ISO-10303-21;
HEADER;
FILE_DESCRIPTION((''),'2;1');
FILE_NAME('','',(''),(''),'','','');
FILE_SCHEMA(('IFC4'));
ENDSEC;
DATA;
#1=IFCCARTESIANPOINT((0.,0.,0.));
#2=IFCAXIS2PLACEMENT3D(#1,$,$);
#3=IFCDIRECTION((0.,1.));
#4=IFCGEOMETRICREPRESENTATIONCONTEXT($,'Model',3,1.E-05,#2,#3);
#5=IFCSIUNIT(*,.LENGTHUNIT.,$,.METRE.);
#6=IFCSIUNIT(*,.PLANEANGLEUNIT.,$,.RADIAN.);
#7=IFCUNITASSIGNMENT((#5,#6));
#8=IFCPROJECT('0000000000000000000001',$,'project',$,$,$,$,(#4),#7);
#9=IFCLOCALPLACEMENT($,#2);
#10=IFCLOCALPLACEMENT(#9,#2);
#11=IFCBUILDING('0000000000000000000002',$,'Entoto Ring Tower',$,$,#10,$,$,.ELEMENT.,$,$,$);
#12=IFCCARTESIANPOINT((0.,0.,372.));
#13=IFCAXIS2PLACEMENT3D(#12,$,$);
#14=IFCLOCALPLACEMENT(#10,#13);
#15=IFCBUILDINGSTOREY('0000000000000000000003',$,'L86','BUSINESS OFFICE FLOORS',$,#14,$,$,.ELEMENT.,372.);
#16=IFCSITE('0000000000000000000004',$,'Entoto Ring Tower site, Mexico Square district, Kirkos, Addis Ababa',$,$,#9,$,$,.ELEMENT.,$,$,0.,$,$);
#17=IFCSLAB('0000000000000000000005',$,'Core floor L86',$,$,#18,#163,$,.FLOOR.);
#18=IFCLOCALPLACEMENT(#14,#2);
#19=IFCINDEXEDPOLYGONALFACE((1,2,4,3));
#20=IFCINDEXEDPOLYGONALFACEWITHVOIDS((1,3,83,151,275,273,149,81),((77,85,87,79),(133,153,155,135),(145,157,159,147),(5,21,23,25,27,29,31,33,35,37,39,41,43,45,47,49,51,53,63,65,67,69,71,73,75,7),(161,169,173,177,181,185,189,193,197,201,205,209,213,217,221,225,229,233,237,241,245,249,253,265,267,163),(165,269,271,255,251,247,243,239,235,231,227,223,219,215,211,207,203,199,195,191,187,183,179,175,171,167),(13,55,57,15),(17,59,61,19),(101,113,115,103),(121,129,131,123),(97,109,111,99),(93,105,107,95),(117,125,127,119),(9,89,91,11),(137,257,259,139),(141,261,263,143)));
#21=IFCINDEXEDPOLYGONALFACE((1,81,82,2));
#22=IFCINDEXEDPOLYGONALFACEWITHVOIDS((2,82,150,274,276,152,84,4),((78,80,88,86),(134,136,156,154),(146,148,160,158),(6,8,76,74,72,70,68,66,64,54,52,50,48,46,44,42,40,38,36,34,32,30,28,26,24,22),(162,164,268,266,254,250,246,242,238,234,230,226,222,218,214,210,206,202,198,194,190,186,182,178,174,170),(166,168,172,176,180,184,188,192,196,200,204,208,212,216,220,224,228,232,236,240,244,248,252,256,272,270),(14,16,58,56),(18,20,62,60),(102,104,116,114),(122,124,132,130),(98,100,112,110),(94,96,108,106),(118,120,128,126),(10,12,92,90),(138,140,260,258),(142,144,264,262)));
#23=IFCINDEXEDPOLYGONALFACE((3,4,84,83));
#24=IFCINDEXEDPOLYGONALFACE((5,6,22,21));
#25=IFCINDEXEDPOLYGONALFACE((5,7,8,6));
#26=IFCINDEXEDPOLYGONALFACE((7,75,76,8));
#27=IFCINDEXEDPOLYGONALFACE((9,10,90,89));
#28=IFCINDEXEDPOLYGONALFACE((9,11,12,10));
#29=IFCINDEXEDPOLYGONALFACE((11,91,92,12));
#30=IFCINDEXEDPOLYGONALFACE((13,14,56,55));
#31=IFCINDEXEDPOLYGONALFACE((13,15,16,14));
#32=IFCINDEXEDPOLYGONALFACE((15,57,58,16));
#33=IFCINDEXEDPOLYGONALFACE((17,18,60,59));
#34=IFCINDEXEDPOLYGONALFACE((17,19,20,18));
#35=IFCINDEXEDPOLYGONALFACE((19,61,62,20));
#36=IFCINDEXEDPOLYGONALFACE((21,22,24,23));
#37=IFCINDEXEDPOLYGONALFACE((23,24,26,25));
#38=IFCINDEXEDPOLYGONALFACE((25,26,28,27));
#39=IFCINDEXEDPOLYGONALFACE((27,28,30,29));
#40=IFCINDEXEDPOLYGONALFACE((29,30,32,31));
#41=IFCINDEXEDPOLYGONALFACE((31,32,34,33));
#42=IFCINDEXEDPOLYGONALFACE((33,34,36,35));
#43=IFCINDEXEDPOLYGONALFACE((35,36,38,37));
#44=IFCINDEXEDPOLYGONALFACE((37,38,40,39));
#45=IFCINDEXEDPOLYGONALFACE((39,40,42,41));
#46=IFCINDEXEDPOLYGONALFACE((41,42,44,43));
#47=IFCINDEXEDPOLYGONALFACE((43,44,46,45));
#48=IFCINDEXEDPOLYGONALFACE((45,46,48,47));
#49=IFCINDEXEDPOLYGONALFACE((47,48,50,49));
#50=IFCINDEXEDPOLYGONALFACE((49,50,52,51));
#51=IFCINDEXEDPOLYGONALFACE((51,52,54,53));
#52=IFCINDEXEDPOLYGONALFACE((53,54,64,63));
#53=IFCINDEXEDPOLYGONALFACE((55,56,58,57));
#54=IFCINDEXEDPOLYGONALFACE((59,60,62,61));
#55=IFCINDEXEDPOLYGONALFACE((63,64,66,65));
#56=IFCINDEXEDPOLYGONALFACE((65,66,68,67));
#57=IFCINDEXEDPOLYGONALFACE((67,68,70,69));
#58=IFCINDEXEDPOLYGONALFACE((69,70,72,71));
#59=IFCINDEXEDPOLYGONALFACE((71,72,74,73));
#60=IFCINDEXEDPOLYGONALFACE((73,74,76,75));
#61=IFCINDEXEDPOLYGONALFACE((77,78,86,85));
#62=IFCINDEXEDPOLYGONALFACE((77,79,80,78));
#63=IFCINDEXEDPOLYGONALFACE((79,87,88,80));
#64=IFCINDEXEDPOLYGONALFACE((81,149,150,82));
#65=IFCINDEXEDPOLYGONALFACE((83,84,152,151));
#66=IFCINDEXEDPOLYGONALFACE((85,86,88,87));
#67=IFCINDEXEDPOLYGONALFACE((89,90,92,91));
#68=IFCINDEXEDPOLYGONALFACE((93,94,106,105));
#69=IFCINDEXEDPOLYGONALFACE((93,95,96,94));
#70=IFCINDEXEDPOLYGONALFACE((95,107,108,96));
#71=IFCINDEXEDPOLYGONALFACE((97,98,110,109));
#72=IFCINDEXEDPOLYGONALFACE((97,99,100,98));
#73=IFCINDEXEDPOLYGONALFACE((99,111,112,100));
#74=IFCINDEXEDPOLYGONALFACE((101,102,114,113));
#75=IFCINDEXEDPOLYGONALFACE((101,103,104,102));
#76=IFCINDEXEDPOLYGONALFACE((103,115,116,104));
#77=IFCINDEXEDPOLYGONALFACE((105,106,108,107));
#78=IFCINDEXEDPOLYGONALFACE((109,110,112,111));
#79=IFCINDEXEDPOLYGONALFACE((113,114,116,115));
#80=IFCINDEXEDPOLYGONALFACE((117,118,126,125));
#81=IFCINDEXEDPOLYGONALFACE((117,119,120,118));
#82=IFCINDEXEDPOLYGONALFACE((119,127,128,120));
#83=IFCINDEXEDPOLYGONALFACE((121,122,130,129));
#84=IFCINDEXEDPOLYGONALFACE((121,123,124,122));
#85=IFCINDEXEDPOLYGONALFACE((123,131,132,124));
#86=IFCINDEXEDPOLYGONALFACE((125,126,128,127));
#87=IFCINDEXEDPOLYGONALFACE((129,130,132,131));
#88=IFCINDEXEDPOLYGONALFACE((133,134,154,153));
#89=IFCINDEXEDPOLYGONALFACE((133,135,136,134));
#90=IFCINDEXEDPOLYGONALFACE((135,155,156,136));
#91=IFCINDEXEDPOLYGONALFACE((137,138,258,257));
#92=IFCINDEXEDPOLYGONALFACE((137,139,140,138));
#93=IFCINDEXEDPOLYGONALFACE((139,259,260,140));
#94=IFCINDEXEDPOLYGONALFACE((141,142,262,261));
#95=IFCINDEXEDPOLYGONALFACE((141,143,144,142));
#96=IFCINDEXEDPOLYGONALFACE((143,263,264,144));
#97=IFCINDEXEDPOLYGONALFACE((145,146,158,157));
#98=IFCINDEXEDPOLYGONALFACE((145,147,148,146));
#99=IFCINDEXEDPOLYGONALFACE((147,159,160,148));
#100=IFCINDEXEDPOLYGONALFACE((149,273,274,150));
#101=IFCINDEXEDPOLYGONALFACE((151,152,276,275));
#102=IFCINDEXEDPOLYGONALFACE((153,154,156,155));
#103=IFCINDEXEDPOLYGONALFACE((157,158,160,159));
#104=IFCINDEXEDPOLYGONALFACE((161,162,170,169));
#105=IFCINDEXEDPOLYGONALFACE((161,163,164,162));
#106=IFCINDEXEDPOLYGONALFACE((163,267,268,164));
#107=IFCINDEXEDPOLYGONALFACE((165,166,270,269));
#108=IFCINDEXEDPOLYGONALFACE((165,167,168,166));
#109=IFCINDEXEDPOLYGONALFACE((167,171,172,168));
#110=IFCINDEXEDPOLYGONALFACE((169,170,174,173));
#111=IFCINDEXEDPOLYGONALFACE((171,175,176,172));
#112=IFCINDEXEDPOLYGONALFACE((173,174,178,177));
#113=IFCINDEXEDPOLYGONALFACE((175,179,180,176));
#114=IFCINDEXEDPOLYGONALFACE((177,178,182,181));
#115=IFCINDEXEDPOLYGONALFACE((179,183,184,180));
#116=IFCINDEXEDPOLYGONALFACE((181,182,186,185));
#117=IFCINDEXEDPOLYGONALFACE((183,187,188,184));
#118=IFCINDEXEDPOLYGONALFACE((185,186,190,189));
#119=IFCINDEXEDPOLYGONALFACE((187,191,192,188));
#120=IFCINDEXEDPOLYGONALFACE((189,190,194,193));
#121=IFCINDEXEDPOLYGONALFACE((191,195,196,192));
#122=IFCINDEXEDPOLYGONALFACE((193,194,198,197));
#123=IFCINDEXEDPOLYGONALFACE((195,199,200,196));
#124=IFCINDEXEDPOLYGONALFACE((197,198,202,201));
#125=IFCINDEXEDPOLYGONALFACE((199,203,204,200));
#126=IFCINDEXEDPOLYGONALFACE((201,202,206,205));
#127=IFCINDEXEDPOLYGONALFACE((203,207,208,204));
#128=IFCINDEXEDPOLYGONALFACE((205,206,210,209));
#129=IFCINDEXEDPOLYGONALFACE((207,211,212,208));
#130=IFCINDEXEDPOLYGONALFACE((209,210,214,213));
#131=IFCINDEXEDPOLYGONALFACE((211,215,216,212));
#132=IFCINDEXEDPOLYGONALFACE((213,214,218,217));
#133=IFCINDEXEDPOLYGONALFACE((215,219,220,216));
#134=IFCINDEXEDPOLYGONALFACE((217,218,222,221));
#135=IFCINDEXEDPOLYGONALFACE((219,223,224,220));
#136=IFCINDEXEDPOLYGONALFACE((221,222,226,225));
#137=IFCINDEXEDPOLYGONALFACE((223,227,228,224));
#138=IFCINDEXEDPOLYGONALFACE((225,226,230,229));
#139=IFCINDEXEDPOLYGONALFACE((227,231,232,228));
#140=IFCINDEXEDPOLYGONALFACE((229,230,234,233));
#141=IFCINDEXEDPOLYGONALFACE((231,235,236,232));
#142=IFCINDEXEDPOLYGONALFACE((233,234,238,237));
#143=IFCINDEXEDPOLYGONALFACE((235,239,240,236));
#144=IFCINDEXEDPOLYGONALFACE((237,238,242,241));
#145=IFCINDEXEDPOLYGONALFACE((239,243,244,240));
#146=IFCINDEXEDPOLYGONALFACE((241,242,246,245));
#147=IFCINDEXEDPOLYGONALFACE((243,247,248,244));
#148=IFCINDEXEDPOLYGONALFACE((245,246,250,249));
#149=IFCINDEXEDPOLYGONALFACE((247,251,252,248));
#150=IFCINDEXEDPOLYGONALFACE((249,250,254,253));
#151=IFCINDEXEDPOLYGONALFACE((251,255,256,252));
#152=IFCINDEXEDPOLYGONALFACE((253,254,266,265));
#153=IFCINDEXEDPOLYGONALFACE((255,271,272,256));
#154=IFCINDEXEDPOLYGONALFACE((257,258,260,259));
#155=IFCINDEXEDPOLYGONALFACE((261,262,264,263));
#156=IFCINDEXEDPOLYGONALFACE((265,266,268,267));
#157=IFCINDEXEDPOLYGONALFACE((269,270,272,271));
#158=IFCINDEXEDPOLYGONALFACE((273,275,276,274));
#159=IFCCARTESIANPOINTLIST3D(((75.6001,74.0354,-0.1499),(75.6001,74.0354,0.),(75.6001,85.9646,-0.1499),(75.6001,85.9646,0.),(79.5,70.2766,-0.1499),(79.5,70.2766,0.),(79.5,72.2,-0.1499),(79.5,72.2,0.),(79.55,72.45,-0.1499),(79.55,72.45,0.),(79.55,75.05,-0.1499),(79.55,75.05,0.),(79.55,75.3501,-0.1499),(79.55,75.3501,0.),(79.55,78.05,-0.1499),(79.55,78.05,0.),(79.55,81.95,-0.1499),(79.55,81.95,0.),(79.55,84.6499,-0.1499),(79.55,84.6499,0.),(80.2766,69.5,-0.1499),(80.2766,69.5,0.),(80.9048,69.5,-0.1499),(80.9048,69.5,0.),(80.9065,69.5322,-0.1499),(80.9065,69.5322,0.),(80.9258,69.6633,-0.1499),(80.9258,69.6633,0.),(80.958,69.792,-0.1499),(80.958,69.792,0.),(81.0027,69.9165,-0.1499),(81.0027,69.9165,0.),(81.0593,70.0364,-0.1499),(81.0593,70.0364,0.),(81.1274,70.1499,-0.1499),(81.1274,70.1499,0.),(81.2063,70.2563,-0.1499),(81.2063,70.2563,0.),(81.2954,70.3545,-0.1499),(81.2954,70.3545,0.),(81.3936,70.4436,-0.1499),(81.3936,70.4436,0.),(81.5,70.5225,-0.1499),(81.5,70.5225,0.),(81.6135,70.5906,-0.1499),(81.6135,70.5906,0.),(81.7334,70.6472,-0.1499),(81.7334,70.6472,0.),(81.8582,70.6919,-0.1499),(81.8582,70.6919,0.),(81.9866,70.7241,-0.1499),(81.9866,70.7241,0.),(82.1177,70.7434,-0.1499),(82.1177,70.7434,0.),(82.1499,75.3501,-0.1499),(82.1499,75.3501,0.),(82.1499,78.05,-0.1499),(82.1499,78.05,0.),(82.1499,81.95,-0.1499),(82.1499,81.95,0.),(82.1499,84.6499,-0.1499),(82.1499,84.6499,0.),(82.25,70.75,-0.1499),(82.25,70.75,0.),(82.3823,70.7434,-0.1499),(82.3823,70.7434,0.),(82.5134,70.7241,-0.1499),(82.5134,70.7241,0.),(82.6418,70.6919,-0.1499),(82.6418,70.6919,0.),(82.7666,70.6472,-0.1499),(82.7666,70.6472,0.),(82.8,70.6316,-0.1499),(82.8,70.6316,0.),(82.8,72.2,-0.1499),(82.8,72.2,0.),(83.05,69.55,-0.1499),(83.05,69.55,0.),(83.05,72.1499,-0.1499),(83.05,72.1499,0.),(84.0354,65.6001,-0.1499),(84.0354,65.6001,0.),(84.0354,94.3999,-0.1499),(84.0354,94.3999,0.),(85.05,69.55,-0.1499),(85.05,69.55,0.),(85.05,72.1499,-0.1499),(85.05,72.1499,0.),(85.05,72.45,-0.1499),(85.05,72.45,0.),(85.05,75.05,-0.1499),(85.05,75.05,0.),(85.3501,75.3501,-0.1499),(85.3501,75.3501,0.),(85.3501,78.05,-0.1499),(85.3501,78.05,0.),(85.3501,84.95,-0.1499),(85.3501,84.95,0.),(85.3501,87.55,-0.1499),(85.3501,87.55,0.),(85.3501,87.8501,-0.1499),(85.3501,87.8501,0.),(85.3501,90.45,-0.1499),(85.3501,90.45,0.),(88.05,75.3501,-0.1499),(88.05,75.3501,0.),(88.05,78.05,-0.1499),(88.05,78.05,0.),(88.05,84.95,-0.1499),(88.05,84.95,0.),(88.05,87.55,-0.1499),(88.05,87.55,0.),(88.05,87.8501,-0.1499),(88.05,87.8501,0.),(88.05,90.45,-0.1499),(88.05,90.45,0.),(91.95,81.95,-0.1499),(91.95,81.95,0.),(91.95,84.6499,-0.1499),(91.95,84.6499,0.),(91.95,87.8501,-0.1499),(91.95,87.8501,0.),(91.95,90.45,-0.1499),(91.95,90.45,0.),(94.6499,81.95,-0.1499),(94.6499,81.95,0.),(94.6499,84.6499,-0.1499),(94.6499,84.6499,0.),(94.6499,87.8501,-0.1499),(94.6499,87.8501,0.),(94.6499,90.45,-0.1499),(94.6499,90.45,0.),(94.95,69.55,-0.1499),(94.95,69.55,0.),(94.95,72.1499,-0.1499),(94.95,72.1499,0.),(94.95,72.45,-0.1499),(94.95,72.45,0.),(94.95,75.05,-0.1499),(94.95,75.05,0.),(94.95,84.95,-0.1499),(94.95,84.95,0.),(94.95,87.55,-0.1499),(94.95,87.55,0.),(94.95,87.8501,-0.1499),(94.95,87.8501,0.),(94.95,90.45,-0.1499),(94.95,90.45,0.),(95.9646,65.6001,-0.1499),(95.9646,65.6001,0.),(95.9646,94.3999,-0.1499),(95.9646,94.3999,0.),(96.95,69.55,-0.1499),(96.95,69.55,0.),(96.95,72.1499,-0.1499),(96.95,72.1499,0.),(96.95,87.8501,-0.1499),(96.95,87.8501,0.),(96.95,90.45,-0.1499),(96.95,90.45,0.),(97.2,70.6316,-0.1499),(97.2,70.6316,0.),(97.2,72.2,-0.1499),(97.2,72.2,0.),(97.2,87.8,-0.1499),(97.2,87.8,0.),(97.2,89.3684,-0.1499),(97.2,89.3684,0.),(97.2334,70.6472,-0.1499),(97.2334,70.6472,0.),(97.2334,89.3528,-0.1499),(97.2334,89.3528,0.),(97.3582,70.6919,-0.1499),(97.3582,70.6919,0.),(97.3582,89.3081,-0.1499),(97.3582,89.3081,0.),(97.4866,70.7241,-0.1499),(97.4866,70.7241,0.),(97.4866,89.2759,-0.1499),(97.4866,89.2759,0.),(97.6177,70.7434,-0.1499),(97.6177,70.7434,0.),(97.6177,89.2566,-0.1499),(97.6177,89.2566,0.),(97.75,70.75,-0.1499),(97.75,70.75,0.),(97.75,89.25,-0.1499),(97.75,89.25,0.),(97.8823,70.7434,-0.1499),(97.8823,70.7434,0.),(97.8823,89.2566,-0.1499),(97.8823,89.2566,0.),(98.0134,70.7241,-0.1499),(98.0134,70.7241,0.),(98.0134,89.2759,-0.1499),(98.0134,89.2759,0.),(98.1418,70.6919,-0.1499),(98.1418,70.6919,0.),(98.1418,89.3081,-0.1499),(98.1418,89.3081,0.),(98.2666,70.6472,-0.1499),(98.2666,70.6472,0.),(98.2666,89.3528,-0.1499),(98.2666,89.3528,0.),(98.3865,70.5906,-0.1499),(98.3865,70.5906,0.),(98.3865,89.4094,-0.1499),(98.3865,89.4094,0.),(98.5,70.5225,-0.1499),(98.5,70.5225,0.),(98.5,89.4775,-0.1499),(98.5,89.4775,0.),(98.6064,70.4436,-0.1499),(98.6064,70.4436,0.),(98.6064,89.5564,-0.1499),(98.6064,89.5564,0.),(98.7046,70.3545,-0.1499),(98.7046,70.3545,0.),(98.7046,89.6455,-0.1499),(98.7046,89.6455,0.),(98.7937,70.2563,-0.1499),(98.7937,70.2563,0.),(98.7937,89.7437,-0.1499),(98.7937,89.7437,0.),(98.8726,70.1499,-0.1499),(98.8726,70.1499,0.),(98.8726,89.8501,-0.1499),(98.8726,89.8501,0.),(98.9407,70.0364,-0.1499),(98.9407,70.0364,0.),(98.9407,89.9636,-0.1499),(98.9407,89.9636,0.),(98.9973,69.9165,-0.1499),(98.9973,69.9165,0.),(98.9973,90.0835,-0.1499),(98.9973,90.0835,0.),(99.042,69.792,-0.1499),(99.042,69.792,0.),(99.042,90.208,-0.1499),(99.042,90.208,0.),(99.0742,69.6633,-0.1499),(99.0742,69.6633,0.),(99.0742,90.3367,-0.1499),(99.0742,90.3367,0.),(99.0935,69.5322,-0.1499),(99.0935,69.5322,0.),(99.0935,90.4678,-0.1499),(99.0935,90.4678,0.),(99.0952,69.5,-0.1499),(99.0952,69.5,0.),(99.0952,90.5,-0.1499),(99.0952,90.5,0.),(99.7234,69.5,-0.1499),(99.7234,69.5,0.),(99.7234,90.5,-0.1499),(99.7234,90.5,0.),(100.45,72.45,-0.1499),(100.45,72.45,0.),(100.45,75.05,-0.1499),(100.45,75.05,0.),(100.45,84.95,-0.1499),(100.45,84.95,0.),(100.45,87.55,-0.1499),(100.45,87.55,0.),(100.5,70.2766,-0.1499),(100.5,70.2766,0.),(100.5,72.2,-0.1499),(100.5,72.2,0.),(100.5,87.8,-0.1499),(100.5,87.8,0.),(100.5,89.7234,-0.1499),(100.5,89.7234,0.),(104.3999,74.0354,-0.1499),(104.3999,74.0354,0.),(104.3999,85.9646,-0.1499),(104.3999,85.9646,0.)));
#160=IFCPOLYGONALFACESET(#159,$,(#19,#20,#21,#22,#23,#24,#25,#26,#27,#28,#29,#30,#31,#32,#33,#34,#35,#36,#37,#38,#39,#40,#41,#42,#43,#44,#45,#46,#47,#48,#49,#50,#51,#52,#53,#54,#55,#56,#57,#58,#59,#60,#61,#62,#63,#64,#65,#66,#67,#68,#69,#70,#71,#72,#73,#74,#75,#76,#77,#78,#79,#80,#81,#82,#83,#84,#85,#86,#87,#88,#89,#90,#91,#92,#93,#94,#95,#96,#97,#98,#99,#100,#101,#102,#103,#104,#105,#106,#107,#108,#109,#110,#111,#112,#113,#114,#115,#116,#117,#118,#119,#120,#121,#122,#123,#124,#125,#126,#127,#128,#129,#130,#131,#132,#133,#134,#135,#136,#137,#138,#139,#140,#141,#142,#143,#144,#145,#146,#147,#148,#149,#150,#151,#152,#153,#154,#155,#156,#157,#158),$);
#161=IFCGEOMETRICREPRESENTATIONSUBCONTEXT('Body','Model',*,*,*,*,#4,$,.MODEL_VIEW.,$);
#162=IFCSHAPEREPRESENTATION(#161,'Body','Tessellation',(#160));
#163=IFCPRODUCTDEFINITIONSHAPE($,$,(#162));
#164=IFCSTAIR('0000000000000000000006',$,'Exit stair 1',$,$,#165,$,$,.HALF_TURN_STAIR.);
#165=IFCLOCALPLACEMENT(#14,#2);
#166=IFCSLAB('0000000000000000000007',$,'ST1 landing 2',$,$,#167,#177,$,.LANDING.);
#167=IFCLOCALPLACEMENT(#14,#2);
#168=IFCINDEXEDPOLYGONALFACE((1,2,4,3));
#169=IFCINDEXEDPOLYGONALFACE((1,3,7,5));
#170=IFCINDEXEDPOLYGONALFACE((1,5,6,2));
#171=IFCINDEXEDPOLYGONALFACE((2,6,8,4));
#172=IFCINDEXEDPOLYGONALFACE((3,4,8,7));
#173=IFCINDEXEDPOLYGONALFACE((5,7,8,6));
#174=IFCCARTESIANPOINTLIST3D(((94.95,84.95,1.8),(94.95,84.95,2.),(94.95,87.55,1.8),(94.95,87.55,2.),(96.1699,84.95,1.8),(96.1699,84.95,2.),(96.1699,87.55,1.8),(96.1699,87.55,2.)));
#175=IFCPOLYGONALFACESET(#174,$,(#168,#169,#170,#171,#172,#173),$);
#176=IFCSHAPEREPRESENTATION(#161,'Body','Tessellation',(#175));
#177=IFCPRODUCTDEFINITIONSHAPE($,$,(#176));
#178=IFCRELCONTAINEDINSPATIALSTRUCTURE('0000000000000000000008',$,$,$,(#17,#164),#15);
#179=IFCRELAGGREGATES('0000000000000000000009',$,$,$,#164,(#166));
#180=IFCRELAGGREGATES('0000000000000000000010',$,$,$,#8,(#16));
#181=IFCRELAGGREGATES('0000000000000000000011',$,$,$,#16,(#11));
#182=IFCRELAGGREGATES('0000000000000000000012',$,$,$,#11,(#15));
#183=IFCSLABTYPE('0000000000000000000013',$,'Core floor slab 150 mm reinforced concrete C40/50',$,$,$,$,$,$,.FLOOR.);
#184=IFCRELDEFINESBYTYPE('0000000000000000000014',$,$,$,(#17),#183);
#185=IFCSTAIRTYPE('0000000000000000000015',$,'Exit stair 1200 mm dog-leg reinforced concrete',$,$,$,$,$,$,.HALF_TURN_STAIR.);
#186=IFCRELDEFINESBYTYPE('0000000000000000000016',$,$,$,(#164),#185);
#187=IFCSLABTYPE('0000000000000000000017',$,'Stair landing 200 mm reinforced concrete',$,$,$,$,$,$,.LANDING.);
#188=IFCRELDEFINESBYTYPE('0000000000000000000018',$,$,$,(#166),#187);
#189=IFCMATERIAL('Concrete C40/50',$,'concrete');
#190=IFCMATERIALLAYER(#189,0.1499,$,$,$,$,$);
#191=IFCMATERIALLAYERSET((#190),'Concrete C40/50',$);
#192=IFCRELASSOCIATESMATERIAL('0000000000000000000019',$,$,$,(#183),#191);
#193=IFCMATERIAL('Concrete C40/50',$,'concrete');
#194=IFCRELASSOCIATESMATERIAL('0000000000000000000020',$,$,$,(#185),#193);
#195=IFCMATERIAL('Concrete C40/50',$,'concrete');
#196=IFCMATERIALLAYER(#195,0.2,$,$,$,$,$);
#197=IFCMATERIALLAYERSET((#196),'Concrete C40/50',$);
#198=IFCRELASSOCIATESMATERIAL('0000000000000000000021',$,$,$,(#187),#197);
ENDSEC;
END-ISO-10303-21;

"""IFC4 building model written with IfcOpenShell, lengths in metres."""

from ifc_helpers import new_model, si_unit, direction, frame, origin, place, context, subcontext, project, spatial, polyline, outline, extrude, material, layer, layer_set, type_object, element, aggregate, save


model = new_model("IFC4")

# Units and contexts
model_context = context("Model", 3, precision=1e-05, world=origin(), true_north=direction((0.0, 1.0)))
body_context = subcontext(model_context, "Body", "Model", "MODEL_VIEW")
ifc_project = project(units=[si_unit("LENGTHUNIT", "METRE"), si_unit("PLANEANGLEUNIT", "RADIAN")], contexts=[model_context])

# Site, building, storey
site_placement = place(None, origin())
site = spatial("IfcSite", under=ifc_project, at=site_placement, Name="Entoto Ring Tower site, Mexico Square district, Kirkos, Addis Ababa", CompositionType="ELEMENT", RefElevation=0.0)
building_placement = place(site_placement, origin())
building = spatial("IfcBuilding", under=site, at=building_placement, Name="Entoto Ring Tower", CompositionType="ELEMENT")
storey_placement = place(building_placement, frame((0.0, 0.0, 372.0)))
storey = spatial("IfcBuildingStorey", under=building, at=storey_placement, Name="L86", Description="BUSINESS OFFICE FLOORS", CompositionType="ELEMENT", Elevation=372.0)

# Slab
ifc_material_1 = material(Name="Concrete C40/50", Category="concrete")
ifc_layer_1 = layer(ifc_material_1, 0.1499)
ifc_layer_set_1 = layer_set([ifc_layer_1], Name="Concrete C40/50")
slab_type_1 = type_object("IfcSlabType", Name="Core floor slab 150 mm reinforced concrete C40/50", PredefinedType="FLOOR", material=ifc_layer_set_1)
slab_1_placement = place(storey_placement, frame((0.0, 0.0, -0.1499)))
element("IfcSlab", 1, at=slab_1_placement, inside=storey, type_object=slab_type_1, Name="Core floor L86", PredefinedType="FLOOR", context=body_context, shape_type="SweptSolid", body=[
    extrude(outline(polyline([(104.3999, 74.0354), (104.3999, 85.9646), (95.9646, 94.3999), (84.0354, 94.3999), (75.6001, 85.9646), (75.6001, 74.0354), (84.0354, 65.6001), (95.9646, 65.6001), (104.3999, 74.0354)]), holes=[polyline([(100.45, 84.95), (100.45, 87.55), (94.95, 87.55), (94.95, 84.95), (100.45, 84.95)]), polyline([(85.05, 72.45), (85.05, 75.05), (79.55, 75.05), (79.55, 72.45), (85.05, 72.45)]), polyline([(100.45, 72.45), (100.45, 75.05), (94.95, 75.05), (94.95, 72.45), (100.45, 72.45)]), polyline([(94.95, 90.45), (94.95, 87.8501), (96.95, 87.8501), (96.95, 90.45), (94.95, 90.45)]), polyline([(94.95, 72.1499), (94.95, 69.55), (96.95, 69.55), (96.95, 72.1499), (94.95, 72.1499)]), polyline([(83.05, 72.1499), (83.05, 69.55), (85.05, 69.55), (85.05, 72.1499), (83.05, 72.1499)]), polyline([(79.55, 81.95), (82.1499, 81.95), (82.1499, 84.6499), (79.55, 84.6499), (79.55, 81.95)]), polyline([(79.55, 75.3501), (82.1499, 75.3501), (82.1499, 78.05), (79.55, 78.05), (79.55, 75.3501)]), polyline([(91.95, 87.8501), (94.6499, 87.8501), (94.6499, 90.45), (91.95, 90.45), (91.95, 87.8501)]), polyline([(91.95, 81.95), (94.6499, 81.95), (94.6499, 84.6499), (91.95, 84.6499), (91.95, 81.95)]), polyline([(85.3501, 75.3501), (88.05, 75.3501), (88.05, 78.05), (85.3501, 78.05), (85.3501, 75.3501)]), polyline([(85.3501, 84.95), (88.05, 84.95), (88.05, 87.55), (85.3501, 87.55), (85.3501, 84.95)]), polyline([(85.3501, 87.8501), (88.05, 87.8501), (88.05, 90.45), (85.3501, 90.45), (85.3501, 87.8501)]), polyline([(97.2, 89.3684), (97.2, 87.8), (100.5, 87.8), (100.5, 89.7234), (99.7234, 90.5), (99.0952, 90.5), (99.0935, 90.4678), (99.0742, 90.3367), (99.042, 90.208), (98.9973, 90.0835), (98.9407, 89.9636), (98.8726, 89.8501), (98.7937, 89.7437), (98.7046, 89.6455), (98.6064, 89.5564), (98.5, 89.4775), (98.3865, 89.4094), (98.2666, 89.3528), (98.1418, 89.3081), (98.0134, 89.2759), (97.8823, 89.2566), (97.75, 89.25), (97.6177, 89.2566), (97.4866, 89.2759), (97.3582, 89.3081), (97.2334, 89.3528), (97.2, 89.3684)]), polyline([(80.2766, 69.5), (80.9048, 69.5), (80.9065, 69.5322), (80.9258, 69.6633), (80.958, 69.792), (81.0027, 69.9165), (81.0593, 70.0364), (81.1274, 70.1499), (81.2063, 70.2563), (81.2954, 70.3545), (81.3936, 70.4436), (81.5, 70.5225), (81.6135, 70.5906), (81.7334, 70.6472), (81.8582, 70.6919), (81.9866, 70.7241), (82.1177, 70.7434), (82.25, 70.75), (82.3823, 70.7434), (82.5134, 70.7241), (82.6418, 70.6919), (82.7666, 70.6472), (82.8, 70.6316), (82.8, 72.2), (79.5, 72.2), (79.5, 70.2766), (80.2766, 69.5)]), polyline([(99.0952, 69.5), (99.7234, 69.5), (100.5, 70.2766), (100.5, 72.2), (97.2, 72.2), (97.2, 70.6316), (97.2334, 70.6472), (97.3582, 70.6919), (97.4866, 70.7241), (97.6177, 70.7434), (97.75, 70.75), (97.8823, 70.7434), (98.0134, 70.7241), (98.1418, 70.6919), (98.2666, 70.6472), (98.3865, 70.5906), (98.5, 70.5225), (98.6064, 70.4436), (98.7046, 70.3545), (98.7937, 70.2563), (98.8726, 70.1499), (98.9407, 70.0364), (98.9973, 69.9165), (99.042, 69.792), (99.0742, 69.6633), (99.0935, 69.5322), (99.0952, 69.5)])]), origin(), (0.0, 0.0, 1.0), 0.1499),
])

# Stair, slab
ifc_material_2 = material(Name="Concrete C40/50", Category="concrete")
stair_type = type_object("IfcStairType", Name="Exit stair 1200 mm dog-leg reinforced concrete", PredefinedType="HALF_TURN_STAIR", material=ifc_material_2)
stair_1_placement = place(storey_placement, origin())
stair_1 = element("IfcStair", 2, at=stair_1_placement, inside=storey, type_object=stair_type, Name="Exit stair 1", PredefinedType="HALF_TURN_STAIR")
ifc_material_3 = material(Name="Concrete C40/50", Category="concrete")
ifc_layer_2 = layer(ifc_material_3, 0.2)
ifc_layer_set_2 = layer_set([ifc_layer_2], Name="Concrete C40/50")
slab_type_2 = type_object("IfcSlabType", Name="Stair landing 200 mm reinforced concrete", PredefinedType="LANDING", material=ifc_layer_set_2)
slab_2_placement = place(storey_placement, frame((0.0, 0.0, 1.8)))
slab_2 = element("IfcSlab", 3, at=slab_2_placement, type_object=slab_type_2, Name="ST1 landing 2", PredefinedType="LANDING", context=body_context, shape_type="SweptSolid", body=[
    extrude(outline(polyline([(94.95, 84.95), (96.1699, 84.95), (96.1699, 87.55), (94.95, 87.55), (94.95, 84.95)])), origin(), (0.0, 0.0, 1.0), 0.2),
])
aggregate(stair_1, [slab_2])

save(model, "model.ifc")
